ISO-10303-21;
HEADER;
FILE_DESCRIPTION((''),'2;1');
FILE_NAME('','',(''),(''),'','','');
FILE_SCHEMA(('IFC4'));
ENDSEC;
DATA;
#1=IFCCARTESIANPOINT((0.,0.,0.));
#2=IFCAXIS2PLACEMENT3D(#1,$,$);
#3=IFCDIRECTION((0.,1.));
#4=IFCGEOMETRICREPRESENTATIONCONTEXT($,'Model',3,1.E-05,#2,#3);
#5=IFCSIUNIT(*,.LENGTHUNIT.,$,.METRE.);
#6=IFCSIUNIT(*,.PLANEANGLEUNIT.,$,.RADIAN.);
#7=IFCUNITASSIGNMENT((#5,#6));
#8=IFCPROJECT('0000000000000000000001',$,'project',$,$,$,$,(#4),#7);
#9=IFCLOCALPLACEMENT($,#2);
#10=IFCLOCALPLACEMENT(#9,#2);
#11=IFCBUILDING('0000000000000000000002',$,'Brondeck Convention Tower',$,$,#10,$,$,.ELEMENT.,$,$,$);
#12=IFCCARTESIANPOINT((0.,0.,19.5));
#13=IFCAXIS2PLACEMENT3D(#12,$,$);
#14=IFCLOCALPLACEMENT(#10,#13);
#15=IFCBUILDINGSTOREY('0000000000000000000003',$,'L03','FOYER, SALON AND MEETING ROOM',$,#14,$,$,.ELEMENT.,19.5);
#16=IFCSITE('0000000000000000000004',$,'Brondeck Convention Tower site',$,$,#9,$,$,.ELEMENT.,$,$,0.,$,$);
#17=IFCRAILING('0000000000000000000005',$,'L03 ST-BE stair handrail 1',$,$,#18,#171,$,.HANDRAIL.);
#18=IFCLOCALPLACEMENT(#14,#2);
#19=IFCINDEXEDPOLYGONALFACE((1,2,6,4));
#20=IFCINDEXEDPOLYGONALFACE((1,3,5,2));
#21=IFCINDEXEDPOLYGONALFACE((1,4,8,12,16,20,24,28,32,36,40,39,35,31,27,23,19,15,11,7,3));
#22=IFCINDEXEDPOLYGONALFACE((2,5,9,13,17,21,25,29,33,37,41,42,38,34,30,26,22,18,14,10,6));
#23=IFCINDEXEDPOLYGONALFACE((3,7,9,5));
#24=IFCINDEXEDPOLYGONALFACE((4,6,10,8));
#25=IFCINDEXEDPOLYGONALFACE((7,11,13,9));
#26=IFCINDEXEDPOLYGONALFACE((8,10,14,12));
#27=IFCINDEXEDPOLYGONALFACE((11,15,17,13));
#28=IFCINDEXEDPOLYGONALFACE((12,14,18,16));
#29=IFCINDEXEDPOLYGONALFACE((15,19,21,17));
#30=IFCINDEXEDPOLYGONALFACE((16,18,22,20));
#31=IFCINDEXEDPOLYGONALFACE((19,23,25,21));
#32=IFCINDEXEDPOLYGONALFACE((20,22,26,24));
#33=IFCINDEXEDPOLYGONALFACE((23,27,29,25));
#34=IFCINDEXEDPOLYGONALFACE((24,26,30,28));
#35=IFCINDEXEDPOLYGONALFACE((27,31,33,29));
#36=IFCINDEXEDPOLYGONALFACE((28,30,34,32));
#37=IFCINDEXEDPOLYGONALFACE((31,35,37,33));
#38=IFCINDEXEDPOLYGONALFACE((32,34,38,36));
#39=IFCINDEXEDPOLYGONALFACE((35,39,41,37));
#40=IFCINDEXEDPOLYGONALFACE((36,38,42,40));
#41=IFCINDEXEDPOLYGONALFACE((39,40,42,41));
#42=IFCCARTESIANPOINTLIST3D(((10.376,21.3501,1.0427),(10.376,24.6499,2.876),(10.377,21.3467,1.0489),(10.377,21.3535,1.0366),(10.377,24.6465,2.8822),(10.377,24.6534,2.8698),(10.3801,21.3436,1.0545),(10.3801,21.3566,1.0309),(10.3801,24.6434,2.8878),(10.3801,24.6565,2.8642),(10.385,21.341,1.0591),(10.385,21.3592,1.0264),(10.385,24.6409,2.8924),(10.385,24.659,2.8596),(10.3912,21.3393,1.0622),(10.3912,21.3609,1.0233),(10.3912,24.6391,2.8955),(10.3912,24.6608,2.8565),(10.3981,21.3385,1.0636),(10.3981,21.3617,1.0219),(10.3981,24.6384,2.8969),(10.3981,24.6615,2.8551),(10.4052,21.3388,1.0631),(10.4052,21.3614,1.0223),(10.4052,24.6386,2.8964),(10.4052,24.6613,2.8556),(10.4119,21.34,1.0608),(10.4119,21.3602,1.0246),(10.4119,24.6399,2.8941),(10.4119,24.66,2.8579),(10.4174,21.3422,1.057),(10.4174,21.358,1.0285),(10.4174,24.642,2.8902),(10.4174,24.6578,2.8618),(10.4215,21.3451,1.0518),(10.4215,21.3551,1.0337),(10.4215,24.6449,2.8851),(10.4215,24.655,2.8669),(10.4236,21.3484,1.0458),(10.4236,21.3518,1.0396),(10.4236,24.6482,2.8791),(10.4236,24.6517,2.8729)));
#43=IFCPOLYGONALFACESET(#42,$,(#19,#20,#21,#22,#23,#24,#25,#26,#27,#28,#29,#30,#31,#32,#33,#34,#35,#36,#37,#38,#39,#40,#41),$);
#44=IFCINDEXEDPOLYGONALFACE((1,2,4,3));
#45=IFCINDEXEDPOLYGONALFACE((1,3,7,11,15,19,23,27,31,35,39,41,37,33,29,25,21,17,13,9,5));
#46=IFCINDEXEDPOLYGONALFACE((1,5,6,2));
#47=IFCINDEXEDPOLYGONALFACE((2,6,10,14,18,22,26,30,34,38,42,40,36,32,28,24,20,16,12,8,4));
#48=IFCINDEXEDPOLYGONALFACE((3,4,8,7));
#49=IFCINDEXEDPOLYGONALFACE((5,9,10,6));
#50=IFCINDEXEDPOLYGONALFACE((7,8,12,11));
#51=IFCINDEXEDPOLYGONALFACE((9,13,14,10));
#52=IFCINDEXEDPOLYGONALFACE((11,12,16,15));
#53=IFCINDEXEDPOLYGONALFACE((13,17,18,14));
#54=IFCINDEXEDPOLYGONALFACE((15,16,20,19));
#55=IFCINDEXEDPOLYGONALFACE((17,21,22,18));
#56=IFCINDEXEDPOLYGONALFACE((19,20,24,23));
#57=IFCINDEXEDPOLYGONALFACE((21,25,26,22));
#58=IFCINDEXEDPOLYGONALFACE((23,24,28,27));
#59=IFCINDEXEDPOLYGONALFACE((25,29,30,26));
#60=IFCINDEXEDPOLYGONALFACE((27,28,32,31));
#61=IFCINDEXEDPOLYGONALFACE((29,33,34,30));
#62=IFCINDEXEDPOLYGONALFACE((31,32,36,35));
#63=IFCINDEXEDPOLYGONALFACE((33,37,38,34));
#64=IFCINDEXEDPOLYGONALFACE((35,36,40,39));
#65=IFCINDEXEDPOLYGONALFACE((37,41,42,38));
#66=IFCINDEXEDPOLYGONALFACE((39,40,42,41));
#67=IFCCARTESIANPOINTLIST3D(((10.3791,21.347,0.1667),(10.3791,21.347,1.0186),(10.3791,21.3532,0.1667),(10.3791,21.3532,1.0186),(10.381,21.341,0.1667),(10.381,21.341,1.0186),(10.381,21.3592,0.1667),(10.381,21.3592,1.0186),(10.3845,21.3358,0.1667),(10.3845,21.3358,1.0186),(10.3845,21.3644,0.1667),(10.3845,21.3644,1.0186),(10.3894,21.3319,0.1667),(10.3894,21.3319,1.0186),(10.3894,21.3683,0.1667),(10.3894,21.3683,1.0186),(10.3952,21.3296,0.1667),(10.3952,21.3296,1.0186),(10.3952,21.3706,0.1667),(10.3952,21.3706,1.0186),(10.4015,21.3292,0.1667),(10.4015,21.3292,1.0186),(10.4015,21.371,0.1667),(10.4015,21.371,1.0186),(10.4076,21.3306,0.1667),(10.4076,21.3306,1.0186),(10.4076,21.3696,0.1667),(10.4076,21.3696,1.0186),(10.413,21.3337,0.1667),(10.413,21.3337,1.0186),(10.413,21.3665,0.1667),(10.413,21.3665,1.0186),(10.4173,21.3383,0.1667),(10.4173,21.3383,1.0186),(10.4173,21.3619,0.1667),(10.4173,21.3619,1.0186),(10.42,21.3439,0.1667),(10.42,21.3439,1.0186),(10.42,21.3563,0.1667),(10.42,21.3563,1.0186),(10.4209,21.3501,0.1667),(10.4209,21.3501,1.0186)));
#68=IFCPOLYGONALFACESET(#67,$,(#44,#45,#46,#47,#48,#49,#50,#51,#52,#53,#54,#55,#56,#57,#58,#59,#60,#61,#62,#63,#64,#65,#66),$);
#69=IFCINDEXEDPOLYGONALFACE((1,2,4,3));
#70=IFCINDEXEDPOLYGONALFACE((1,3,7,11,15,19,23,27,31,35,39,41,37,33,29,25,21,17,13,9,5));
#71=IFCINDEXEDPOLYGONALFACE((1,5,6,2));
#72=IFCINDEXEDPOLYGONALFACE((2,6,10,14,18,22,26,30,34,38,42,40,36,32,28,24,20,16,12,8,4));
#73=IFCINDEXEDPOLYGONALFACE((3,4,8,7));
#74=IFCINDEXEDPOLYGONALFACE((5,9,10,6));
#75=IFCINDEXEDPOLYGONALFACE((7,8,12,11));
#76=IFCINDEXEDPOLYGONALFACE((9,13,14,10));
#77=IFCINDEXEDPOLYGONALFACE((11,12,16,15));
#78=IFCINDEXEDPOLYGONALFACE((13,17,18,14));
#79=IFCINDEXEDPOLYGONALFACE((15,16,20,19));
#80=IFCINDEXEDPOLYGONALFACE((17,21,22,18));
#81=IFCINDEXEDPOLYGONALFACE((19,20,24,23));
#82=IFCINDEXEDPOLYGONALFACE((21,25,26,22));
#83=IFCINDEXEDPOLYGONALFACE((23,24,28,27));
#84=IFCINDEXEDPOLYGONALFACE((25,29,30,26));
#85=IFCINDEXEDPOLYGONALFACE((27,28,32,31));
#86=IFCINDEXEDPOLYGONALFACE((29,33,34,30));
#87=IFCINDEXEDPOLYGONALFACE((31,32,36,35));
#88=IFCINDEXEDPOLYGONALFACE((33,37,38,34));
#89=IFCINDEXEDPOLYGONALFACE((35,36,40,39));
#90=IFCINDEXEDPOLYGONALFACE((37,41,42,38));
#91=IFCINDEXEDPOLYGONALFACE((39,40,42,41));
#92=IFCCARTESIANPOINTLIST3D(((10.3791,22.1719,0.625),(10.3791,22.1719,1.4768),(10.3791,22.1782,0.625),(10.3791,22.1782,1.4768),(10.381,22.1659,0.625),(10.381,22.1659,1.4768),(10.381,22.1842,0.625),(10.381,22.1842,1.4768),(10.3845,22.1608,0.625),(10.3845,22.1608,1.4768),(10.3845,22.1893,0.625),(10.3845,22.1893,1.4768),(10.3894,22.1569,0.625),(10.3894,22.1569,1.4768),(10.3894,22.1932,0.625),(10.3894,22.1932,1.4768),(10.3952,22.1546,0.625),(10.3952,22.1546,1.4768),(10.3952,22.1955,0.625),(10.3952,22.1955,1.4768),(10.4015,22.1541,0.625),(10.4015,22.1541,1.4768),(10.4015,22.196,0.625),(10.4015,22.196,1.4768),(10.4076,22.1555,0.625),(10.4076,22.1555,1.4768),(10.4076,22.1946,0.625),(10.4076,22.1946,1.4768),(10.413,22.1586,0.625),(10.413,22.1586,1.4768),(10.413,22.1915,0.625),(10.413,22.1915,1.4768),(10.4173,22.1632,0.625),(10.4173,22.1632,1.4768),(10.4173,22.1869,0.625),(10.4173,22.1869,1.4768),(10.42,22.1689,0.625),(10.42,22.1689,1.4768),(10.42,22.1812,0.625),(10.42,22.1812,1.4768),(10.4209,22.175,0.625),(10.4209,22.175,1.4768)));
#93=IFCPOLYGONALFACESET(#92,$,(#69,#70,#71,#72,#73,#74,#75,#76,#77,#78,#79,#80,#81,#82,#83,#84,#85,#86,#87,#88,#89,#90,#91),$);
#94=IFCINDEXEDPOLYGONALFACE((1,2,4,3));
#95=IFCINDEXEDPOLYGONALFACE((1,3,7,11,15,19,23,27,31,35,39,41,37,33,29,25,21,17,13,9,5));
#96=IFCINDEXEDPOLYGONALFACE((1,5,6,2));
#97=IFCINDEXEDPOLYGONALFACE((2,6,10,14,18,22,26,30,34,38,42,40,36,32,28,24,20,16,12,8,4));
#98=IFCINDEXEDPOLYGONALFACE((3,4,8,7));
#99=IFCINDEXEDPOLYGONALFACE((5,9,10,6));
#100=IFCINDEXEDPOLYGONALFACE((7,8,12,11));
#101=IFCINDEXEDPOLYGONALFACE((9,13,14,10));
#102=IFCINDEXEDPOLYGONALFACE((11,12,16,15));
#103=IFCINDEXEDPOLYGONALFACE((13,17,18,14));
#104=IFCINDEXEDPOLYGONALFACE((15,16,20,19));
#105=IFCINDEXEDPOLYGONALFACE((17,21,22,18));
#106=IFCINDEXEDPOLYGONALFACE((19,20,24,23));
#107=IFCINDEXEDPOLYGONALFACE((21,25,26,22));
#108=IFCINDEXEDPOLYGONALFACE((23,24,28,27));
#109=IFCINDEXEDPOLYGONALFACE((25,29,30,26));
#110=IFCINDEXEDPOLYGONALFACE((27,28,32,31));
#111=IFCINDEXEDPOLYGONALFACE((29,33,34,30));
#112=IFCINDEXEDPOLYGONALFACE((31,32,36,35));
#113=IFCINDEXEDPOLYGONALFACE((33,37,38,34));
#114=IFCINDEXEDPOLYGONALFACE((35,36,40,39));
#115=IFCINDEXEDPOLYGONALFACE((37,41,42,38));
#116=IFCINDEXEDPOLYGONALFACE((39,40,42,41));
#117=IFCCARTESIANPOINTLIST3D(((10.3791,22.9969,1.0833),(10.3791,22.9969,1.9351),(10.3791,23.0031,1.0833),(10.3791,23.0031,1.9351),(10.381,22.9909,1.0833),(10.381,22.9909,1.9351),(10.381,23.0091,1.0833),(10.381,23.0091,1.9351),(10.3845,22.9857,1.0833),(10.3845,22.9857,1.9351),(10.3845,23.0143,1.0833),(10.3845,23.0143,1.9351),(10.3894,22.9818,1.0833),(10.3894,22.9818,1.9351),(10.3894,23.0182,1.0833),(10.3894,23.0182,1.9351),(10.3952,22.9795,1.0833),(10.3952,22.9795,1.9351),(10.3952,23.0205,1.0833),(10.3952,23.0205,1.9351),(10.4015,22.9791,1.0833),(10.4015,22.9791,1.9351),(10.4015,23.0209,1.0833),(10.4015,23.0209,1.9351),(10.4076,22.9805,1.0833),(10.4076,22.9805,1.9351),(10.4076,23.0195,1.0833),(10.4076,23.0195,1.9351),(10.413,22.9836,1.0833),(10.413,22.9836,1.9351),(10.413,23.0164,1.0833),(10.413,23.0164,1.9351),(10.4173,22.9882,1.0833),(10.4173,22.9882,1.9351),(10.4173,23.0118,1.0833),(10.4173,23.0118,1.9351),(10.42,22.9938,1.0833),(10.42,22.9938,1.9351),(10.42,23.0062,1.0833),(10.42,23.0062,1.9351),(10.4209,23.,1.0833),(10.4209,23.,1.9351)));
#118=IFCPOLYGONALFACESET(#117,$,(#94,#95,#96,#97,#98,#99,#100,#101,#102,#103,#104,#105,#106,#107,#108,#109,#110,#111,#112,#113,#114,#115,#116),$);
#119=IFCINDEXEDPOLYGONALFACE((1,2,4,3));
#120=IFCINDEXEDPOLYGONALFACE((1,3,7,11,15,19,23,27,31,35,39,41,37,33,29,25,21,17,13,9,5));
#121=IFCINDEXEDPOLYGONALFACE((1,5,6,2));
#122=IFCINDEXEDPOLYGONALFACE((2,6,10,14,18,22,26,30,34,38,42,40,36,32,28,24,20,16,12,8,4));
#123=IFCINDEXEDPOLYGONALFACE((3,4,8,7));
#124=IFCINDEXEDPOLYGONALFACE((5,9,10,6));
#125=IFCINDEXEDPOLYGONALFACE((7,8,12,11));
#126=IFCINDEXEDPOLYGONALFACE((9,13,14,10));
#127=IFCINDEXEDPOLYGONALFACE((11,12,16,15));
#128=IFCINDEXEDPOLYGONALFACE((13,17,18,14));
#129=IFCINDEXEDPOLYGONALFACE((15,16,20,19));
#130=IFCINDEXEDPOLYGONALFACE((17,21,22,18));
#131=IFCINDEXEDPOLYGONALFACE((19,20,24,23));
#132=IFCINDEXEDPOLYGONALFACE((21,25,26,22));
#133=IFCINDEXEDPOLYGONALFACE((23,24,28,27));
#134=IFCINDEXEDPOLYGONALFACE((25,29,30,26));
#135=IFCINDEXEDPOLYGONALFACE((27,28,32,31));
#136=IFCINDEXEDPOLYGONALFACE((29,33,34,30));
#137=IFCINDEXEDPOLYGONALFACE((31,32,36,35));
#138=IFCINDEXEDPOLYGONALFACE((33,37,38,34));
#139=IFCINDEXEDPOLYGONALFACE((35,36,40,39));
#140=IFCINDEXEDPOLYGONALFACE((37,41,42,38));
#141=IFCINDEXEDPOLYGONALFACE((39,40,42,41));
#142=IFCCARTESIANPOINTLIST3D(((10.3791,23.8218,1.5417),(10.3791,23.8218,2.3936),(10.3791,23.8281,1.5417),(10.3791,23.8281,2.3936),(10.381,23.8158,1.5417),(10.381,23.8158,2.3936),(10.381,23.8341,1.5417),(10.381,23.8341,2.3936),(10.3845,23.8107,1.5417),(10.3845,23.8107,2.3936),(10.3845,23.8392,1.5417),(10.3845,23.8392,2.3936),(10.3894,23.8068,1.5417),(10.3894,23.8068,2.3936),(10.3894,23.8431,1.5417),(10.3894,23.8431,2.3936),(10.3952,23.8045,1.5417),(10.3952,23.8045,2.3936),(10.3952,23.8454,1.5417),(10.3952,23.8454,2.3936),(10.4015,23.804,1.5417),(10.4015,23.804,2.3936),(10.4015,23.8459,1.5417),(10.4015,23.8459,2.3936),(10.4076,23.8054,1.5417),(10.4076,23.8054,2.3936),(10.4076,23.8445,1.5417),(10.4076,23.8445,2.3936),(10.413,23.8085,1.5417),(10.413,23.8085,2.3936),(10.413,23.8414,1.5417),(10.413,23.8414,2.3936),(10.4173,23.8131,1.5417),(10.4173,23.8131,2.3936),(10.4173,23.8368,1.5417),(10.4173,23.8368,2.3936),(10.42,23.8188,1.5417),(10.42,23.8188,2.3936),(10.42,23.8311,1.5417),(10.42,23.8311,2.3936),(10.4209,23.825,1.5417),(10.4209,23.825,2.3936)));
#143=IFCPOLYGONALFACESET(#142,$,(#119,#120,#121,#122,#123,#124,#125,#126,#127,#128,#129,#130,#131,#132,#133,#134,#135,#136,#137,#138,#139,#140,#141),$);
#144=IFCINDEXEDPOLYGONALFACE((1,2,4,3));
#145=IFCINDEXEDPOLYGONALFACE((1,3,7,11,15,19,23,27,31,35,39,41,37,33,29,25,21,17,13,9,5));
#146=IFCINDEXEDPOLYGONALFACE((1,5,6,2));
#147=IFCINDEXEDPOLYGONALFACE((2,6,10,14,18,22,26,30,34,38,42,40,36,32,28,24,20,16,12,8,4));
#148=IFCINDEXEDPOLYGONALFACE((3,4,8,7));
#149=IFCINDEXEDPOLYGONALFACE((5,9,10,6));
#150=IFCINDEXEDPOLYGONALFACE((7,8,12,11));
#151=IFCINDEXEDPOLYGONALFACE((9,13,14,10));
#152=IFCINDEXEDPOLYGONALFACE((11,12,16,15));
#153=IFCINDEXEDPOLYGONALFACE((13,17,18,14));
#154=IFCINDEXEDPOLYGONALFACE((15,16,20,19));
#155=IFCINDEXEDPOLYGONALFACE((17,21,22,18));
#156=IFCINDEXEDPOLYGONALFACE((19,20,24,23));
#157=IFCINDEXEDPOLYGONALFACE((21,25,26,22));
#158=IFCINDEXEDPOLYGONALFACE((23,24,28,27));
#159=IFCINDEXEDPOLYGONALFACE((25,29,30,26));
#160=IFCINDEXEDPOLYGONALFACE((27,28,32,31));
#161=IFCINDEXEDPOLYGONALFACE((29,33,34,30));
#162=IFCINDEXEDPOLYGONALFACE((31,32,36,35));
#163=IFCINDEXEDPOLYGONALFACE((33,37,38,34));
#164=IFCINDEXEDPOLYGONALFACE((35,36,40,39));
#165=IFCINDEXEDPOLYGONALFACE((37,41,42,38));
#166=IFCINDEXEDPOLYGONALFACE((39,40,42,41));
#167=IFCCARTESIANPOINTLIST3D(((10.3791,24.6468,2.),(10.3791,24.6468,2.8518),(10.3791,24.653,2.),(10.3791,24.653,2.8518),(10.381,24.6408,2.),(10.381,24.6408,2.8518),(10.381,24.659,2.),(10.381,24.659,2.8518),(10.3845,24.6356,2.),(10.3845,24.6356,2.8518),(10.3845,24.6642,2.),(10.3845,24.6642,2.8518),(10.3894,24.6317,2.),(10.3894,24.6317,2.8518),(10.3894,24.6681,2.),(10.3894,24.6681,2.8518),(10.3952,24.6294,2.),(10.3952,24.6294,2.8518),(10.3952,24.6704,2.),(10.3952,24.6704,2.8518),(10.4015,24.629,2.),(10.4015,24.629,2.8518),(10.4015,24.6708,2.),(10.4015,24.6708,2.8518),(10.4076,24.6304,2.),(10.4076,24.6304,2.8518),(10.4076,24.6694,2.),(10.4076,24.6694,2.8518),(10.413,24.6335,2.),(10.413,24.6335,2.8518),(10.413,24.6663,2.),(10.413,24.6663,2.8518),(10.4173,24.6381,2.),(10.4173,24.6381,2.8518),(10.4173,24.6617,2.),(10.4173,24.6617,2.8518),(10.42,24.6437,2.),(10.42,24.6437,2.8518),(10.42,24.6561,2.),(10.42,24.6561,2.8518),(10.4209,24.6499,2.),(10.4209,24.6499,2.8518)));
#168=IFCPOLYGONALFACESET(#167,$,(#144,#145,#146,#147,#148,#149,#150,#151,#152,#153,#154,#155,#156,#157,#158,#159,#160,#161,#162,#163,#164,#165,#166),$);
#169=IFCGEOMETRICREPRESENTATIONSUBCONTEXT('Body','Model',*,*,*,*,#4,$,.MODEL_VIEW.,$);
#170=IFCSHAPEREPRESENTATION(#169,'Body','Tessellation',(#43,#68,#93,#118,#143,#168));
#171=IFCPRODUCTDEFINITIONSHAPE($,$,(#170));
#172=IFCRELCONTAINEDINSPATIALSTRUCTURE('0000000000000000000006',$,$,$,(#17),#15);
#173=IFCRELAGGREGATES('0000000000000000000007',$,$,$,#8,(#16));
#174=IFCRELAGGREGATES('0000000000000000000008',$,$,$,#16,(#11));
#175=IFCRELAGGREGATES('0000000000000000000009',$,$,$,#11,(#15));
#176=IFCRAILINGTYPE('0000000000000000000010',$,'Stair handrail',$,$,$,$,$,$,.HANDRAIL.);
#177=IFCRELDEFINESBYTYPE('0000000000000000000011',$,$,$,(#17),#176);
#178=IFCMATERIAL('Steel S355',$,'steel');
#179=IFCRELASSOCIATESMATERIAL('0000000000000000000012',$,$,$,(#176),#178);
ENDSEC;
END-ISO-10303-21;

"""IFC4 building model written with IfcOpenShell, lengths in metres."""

from ifc_helpers import new_model, si_unit, direction, frame, origin, origin_2d, place, context, subcontext, project, spatial, circle, extrude, material, type_object, element, save


model = new_model("IFC4")

# Units and contexts
model_context = context("Model", 3, precision=1e-05, world=origin(), true_north=direction((0.0, 1.0)))
body_context = subcontext(model_context, "Body", "Model", "MODEL_VIEW")
ifc_project = project(units=[si_unit("LENGTHUNIT", "METRE"), si_unit("PLANEANGLEUNIT", "RADIAN")], contexts=[model_context])

# Site, building, storey
site_placement = place(None, origin())
site = spatial("IfcSite", under=ifc_project, at=site_placement, Name="Brondeck Convention Tower site", CompositionType="ELEMENT", RefElevation=0.0)
building_placement = place(site_placement, origin())
building = spatial("IfcBuilding", under=site, at=building_placement, Name="Brondeck Convention Tower", CompositionType="ELEMENT")
storey_placement = place(building_placement, frame((0.0, 0.0, 19.5)))
storey = spatial("IfcBuildingStorey", under=building, at=storey_placement, Name="L03", Description="FOYER, SALON AND MEETING ROOM", CompositionType="ELEMENT", Elevation=19.5)

# Shared definitions
ifc_material_1 = material(Name="Steel S355", Category="steel")

# Railing
railing_type_1 = type_object("IfcRailingType", Name="Stair handrail", PredefinedType="HANDRAIL", material=ifc_material_1)
railing_1_placement = place(storey_placement, frame((10.3999, 21.3501, 0.1667)))
element("IfcRailing", 1, at=railing_1_placement, inside=storey, type_object=railing_type_1, Name="L03 ST-BE stair handrail 1", PredefinedType="HANDRAIL", context=body_context, shape_type="SweptSolid", body=[
    extrude(circle(Radius=0.0239, at=origin_2d()), frame((0.0, 0.0, 0.876), z_axis=(0.0, 0.874154, 0.485648), x_axis=(-1.0, 0.0, 0.0)), (0.0, 0.0, 1.0), 3.7749),
    extrude(circle(Radius=0.021, at=origin_2d()), origin(), (0.0, 0.0, 1.0), 0.8518),
    extrude(circle(Radius=0.021, at=origin_2d()), frame((0.0, 0.825, 0.4583)), (0.0, 0.0, 1.0), 0.8518),
    extrude(circle(Radius=0.021, at=origin_2d()), frame((0.0, 1.6499, 0.9165)), (0.0, 0.0, 1.0), 0.8518),
    extrude(circle(Radius=0.021, at=origin_2d()), frame((0.0, 2.4749, 1.375)), (0.0, 0.0, 1.0), 0.8518),
    extrude(circle(Radius=0.021, at=origin_2d()), frame((0.0, 3.2998, 1.8333)), (0.0, 0.0, 1.0), 0.8518),
])

save(model, "model.ifc")
